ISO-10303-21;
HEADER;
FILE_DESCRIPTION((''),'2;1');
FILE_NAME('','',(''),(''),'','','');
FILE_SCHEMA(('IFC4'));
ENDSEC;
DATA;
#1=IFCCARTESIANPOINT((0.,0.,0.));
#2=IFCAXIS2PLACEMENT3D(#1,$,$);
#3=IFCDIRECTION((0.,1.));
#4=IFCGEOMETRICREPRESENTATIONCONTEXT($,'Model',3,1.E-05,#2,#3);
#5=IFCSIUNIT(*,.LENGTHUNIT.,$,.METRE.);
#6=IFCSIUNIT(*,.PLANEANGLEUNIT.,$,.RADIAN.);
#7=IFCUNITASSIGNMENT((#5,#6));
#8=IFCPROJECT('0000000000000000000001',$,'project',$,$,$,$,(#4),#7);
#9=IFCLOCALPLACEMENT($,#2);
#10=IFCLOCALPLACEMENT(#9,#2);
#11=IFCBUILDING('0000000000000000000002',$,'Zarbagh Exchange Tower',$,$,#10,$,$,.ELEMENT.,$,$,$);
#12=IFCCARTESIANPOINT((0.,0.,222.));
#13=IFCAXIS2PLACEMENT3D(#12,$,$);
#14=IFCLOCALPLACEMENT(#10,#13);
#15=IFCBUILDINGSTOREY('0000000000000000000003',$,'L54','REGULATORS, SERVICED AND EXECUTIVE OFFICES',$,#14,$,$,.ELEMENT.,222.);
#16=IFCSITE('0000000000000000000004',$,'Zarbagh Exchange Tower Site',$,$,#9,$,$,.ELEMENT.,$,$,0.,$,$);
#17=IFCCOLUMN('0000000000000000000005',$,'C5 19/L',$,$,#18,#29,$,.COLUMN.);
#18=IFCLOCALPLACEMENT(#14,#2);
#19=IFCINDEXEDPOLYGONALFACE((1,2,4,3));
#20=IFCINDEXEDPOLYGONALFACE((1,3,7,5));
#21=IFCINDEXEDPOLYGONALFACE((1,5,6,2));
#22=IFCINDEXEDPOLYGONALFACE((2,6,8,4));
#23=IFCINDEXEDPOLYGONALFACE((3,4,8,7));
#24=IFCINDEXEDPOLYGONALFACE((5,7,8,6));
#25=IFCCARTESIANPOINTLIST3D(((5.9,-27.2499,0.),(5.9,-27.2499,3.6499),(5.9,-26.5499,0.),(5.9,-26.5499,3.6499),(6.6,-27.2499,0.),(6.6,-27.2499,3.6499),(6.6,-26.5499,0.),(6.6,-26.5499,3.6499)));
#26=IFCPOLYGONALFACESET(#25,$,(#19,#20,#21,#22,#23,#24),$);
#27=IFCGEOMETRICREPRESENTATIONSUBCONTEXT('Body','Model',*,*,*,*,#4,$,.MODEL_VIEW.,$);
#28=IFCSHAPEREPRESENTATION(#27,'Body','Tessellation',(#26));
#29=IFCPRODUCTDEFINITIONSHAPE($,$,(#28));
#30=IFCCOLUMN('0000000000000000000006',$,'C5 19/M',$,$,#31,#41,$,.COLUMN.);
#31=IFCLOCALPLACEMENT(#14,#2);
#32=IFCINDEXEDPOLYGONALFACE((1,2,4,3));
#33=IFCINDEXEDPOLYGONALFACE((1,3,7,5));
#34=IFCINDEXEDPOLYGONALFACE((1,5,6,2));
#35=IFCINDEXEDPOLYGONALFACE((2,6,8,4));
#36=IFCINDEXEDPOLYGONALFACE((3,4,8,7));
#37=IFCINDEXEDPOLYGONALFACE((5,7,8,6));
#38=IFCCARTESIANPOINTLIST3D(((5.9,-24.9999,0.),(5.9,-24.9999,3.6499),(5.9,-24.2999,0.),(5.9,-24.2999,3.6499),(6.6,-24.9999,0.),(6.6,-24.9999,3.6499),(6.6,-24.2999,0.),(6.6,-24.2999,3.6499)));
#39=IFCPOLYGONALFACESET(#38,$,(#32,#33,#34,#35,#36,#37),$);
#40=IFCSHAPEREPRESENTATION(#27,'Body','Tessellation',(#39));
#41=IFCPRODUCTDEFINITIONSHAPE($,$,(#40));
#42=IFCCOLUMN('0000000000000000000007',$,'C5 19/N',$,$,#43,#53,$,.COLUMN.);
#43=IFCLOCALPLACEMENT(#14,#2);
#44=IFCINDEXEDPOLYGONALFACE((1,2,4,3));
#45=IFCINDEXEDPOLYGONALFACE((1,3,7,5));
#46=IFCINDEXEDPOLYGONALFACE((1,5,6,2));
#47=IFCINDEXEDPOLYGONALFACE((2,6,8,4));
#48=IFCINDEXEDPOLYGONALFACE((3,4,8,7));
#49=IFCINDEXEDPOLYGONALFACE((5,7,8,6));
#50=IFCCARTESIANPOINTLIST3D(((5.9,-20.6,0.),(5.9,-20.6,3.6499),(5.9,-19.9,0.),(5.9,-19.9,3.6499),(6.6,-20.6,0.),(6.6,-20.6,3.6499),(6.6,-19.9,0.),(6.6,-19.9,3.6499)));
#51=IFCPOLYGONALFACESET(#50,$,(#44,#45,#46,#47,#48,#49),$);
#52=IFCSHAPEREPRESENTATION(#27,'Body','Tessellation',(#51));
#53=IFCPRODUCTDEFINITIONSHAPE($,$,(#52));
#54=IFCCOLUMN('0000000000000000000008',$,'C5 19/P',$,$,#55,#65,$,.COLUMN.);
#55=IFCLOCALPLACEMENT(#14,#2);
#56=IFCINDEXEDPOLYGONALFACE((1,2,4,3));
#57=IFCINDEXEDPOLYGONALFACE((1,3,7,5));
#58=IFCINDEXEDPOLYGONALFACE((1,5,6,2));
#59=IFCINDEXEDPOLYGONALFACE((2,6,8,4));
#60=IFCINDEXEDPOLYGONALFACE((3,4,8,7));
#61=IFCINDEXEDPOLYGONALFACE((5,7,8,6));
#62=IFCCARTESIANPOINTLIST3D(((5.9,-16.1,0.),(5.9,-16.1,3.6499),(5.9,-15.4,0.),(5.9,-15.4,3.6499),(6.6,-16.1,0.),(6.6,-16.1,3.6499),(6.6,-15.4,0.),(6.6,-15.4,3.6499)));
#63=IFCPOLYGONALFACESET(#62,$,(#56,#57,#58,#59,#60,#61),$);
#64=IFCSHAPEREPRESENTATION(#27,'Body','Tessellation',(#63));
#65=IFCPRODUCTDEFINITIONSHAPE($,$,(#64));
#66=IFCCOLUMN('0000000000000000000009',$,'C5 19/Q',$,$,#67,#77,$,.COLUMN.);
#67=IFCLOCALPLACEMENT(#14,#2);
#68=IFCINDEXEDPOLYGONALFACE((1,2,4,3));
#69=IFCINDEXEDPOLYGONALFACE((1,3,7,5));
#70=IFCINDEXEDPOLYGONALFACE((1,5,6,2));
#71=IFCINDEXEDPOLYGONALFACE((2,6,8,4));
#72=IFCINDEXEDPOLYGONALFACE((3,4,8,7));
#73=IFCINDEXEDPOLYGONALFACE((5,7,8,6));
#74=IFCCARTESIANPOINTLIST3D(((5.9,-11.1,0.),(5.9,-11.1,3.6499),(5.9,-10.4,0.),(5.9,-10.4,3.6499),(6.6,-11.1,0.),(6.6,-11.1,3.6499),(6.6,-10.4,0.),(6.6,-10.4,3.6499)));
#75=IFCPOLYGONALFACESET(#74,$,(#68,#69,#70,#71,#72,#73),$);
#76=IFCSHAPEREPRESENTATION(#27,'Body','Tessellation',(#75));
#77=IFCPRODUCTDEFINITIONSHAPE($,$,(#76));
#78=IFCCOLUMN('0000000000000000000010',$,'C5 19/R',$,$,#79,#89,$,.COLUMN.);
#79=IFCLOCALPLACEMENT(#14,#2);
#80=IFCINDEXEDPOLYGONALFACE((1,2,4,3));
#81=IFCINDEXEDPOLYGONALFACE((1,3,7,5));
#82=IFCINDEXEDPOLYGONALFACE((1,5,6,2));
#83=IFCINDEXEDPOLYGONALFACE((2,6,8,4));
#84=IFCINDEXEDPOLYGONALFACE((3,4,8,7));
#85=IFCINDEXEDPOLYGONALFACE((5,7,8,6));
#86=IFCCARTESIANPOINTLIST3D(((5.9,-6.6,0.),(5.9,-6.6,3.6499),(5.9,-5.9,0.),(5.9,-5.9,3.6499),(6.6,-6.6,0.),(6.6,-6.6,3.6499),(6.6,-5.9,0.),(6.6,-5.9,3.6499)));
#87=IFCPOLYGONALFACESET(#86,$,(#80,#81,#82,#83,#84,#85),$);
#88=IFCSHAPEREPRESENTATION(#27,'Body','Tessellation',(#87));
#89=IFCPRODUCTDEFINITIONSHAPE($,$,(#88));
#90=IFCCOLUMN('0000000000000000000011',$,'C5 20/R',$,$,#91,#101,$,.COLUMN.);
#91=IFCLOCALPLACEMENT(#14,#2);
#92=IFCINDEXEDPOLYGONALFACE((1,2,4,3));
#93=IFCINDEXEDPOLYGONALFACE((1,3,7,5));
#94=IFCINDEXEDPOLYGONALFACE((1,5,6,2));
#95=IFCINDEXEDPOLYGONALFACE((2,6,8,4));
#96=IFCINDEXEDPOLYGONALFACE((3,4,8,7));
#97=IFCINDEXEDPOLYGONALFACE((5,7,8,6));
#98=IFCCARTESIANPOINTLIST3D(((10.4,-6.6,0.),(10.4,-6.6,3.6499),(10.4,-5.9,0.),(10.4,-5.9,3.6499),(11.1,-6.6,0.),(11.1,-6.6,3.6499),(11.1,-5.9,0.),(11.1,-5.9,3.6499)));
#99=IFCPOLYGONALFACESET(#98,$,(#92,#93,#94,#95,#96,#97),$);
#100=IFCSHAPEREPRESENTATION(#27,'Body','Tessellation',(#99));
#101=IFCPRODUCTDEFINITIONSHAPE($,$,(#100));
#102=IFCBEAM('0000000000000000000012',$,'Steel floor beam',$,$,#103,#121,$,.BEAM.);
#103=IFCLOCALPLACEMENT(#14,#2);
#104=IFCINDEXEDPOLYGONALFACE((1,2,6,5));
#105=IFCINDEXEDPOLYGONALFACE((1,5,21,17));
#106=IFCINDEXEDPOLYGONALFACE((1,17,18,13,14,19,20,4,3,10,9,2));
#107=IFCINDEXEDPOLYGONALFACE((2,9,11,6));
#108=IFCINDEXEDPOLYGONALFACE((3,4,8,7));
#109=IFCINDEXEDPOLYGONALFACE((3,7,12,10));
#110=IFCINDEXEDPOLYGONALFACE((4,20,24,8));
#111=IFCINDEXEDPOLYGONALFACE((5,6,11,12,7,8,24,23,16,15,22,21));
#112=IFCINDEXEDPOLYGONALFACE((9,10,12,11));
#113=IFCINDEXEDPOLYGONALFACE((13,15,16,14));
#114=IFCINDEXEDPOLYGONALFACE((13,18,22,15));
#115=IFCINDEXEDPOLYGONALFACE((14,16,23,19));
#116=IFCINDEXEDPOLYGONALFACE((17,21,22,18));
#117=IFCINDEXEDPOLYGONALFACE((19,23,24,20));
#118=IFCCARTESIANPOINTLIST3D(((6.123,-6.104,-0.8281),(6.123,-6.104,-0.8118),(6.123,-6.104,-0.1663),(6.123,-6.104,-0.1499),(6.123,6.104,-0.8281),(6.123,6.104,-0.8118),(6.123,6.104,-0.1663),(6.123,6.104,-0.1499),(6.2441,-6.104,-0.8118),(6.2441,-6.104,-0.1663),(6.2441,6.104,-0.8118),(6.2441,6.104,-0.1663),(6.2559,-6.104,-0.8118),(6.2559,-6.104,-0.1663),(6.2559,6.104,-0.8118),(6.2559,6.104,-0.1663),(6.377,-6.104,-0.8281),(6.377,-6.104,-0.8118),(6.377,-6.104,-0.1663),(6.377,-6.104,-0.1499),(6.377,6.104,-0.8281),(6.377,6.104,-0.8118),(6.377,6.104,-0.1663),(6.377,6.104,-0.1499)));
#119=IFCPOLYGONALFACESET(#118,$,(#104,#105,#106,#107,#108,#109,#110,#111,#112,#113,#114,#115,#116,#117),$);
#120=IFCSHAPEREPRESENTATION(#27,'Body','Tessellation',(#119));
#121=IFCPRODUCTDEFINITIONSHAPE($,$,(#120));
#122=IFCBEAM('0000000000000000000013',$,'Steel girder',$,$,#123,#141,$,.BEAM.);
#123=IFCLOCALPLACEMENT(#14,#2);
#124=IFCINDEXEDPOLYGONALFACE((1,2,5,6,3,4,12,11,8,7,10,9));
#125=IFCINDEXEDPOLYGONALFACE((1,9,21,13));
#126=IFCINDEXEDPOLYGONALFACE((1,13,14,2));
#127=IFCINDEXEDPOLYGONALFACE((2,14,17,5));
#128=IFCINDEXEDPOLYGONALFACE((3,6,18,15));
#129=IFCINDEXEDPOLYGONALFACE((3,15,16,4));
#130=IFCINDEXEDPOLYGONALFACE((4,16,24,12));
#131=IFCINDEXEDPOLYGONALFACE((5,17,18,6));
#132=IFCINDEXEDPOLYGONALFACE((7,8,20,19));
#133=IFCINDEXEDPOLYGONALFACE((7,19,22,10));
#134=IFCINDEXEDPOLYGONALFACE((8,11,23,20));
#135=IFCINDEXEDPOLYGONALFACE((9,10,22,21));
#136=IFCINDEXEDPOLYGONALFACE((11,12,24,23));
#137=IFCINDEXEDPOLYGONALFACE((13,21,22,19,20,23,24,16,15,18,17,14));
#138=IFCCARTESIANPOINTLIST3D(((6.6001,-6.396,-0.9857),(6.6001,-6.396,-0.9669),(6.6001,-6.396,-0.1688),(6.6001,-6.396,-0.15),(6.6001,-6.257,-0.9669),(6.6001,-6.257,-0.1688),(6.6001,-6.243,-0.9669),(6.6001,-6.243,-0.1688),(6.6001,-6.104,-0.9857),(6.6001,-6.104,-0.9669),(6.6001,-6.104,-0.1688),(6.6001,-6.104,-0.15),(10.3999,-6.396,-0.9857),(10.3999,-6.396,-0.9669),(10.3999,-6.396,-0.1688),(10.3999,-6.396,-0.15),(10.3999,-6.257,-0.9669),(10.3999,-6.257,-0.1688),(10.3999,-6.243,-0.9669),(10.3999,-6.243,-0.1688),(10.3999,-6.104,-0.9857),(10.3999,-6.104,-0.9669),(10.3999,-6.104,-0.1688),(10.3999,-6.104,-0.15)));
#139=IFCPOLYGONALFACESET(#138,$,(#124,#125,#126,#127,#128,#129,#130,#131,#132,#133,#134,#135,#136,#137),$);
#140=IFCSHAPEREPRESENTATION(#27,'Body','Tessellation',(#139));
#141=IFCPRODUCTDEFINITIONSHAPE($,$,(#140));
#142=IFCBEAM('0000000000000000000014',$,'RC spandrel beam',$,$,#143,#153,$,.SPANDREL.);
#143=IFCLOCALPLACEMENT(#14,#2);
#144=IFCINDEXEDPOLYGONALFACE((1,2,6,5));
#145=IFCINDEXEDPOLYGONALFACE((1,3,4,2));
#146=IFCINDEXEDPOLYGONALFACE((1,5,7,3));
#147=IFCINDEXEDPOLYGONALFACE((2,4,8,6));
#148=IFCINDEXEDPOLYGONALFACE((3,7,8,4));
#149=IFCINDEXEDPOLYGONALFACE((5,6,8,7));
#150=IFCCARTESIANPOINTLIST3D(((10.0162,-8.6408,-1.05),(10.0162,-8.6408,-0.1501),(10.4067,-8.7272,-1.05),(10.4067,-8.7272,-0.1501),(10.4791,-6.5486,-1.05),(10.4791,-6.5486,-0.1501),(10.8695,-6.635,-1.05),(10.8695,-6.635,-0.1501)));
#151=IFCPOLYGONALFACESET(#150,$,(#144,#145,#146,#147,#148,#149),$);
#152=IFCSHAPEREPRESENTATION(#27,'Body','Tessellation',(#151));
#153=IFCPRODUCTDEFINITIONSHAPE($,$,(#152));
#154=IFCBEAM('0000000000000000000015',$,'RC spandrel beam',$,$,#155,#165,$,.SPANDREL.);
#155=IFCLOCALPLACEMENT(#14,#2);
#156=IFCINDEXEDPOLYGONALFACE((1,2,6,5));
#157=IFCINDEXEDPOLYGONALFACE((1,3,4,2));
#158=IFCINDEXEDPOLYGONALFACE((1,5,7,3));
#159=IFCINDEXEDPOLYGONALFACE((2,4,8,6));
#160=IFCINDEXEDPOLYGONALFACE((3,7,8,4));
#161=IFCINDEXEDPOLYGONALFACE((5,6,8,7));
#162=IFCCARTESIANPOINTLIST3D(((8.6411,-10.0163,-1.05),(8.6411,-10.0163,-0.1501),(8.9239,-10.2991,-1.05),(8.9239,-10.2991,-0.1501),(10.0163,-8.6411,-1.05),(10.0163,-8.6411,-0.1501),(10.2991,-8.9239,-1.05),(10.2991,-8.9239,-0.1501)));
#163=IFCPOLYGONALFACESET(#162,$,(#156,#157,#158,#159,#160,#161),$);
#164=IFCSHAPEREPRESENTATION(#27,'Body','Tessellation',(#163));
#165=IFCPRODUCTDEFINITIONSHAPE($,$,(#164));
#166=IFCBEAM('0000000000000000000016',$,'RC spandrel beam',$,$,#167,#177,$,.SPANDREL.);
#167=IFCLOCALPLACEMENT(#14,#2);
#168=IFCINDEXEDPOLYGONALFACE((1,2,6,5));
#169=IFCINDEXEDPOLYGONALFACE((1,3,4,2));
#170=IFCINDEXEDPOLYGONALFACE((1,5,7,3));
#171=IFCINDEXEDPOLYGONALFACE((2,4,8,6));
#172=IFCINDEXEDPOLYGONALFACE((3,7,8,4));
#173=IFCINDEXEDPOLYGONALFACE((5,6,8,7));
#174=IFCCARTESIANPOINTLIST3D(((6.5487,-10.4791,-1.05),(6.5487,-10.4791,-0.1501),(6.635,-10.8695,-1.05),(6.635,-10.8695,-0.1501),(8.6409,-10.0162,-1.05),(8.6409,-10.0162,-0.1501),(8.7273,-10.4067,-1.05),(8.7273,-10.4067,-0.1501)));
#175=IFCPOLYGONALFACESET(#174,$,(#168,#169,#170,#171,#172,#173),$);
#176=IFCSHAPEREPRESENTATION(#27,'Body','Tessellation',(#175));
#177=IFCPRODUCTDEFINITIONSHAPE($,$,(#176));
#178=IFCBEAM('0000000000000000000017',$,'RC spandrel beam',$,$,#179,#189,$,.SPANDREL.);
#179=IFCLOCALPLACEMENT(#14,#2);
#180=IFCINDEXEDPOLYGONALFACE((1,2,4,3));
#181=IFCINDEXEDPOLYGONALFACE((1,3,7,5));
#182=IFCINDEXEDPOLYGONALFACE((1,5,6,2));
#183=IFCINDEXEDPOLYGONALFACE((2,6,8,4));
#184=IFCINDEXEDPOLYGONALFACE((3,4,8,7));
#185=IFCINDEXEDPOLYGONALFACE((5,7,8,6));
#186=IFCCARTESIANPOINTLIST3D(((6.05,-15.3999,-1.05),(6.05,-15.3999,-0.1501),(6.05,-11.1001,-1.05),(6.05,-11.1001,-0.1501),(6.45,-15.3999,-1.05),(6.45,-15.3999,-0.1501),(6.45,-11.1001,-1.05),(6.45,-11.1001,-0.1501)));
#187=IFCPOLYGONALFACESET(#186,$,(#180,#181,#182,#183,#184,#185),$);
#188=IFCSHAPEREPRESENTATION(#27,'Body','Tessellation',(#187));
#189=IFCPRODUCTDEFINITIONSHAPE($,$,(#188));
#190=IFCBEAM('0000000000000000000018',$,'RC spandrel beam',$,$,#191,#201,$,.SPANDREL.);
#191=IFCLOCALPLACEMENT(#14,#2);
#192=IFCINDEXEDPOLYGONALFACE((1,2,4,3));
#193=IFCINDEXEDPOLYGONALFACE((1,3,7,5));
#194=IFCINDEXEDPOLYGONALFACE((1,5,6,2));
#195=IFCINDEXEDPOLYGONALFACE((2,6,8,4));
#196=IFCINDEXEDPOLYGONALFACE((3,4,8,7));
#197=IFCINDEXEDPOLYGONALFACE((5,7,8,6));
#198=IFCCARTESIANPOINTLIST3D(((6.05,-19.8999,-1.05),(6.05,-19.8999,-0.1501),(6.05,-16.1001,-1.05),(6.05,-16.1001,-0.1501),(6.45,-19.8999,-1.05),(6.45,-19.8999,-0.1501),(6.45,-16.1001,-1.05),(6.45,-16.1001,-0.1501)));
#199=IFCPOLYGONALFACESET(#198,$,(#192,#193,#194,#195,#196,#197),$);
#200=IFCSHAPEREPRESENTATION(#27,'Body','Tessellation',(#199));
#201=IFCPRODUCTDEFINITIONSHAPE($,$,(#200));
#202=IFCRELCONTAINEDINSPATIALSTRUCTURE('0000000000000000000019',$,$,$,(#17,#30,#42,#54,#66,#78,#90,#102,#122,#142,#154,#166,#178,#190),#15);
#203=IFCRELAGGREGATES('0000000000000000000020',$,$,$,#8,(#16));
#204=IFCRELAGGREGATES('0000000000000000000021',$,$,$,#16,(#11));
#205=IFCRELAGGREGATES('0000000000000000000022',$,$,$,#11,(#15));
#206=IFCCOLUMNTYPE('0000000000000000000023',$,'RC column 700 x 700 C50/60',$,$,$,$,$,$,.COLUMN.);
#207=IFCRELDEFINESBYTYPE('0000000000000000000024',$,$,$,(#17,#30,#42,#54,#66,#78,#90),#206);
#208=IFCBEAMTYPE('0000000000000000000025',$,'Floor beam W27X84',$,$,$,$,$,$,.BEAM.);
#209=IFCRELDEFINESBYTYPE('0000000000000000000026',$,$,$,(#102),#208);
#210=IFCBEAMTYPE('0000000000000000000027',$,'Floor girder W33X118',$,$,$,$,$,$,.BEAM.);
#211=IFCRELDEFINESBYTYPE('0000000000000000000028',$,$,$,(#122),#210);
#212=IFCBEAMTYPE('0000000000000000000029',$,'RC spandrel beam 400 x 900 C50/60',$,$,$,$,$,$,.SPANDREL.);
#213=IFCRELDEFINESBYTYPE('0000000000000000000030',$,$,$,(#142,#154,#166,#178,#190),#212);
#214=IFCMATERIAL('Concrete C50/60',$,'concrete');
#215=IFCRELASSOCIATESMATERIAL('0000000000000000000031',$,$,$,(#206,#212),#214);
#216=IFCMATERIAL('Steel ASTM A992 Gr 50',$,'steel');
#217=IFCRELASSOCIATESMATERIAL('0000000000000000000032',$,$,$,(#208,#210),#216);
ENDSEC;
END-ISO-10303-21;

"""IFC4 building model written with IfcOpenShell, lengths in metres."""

from ifc_helpers import new_model, si_unit, direction, frame, origin, origin_2d, place, context, subcontext, project, spatial, rectangle, i_section, extrude, material, material_profile, profile_set, type_object, element, save


model = new_model("IFC4")

# Units and contexts
model_context = context("Model", 3, precision=1e-05, world=origin(), true_north=direction((0.0, 1.0)))
body_context = subcontext(model_context, "Body", "Model", "MODEL_VIEW")
ifc_project = project(units=[si_unit("LENGTHUNIT", "METRE"), si_unit("PLANEANGLEUNIT", "RADIAN")], contexts=[model_context])

# Site, building, storey
site_placement = place(None, origin())
site = spatial("IfcSite", under=ifc_project, at=site_placement, Name="Zarbagh Exchange Tower Site", CompositionType="ELEMENT", RefElevation=0.0)
building_placement = place(site_placement, origin())
building = spatial("IfcBuilding", under=site, at=building_placement, Name="Zarbagh Exchange Tower", CompositionType="ELEMENT")
storey_placement = place(building_placement, frame((0.0, 0.0, 222.0)))
storey = spatial("IfcBuildingStorey", under=building, at=storey_placement, Name="L54", Description="REGULATORS, SERVICED AND EXECUTIVE OFFICES", CompositionType="ELEMENT", Elevation=222.0)

# Columns
ifc_material_1 = material(Name="Concrete C50/60", Category="concrete")
ifc_material_profile_1 = material_profile(ifc_material_1, rectangle(XDim=0.7, YDim=0.7, at=origin_2d()), Name="RC column 700 x 700 C50/60")
ifc_profile_set_1 = profile_set([ifc_material_profile_1], Name="Concrete C50/60")
column_type = type_object("IfcColumnType", Name="RC column 700 x 700 C50/60", PredefinedType="COLUMN", material=ifc_profile_set_1)
for number, where, z_axis, x_axis, name in (
    (1, (6.25, -26.8999, 0.0), (0.0, 0.0, 1.0), (1.0, 0.0, 0.0), "C5 19/L"),
    (2, (6.25, -24.6499, 0.0), (0.0, 0.0, 1.0), (1.0, 0.0, 0.0), "C5 19/M"),
    (3, (6.25, -20.25, 0.0), (0.0, 0.0, 1.0), (1.0, 0.0, 0.0), "C5 19/N"),
    (4, (6.25, -15.75, 0.0), (0.0, 0.0, 1.0), (1.0, 0.0, 0.0), "C5 19/P"),
    (5, (6.25, -10.75, 0.0), (0.0, 0.0, 1.0), (1.0, 0.0, 0.0), "C5 19/Q"),
    (6, (6.25, -6.25, 0.0), (0.0, 0.0, 1.0), (1.0, 0.0, 0.0), "C5 19/R"),
    (7, (10.75, -6.25, 0.0), (0.0, 0.0, 1.0), (1.0, 0.0, 0.0), "C5 20/R"),
):
    element("IfcColumn", number, at=place(storey_placement, frame(where, z_axis=z_axis, x_axis=x_axis)), inside=storey, type_object=column_type, Name=name, PredefinedType="COLUMN", context=body_context, shape_type="SweptSolid", body=[
        extrude(rectangle(XDim=0.7, YDim=0.7, at=origin_2d()), origin(), (0.0, 0.0, 1.0), 3.6499),
    ])

# Beams
ifc_material_2 = material(Name="Steel ASTM A992 Gr 50", Category="steel")
ifc_material_profile_2 = material_profile(ifc_material_2, i_section(OverallWidth=0.2539, OverallDepth=0.6782, WebThickness=0.0117, FlangeThickness=0.0164, at=origin_2d()), Name="W27X84")
ifc_profile_set_2 = profile_set([ifc_material_profile_2], Name="Steel ASTM A992 Gr 50")
beam_type_1 = type_object("IfcBeamType", Name="Floor beam W27X84", PredefinedType="BEAM", material=ifc_profile_set_2)
beam_1_placement = place(storey_placement, frame((6.25, -6.104, -0.489), z_axis=(0.0, 1.0, 0.0), x_axis=(-1.0, 0.0, 0.0)))
element("IfcBeam", 8, at=beam_1_placement, inside=storey, type_object=beam_type_1, Name="Steel floor beam", PredefinedType="BEAM", context=body_context, shape_type="SweptSolid", body=[
    extrude(i_section(OverallWidth=0.2539, OverallDepth=0.6782, WebThickness=0.0117, FlangeThickness=0.0164, at=origin_2d()), origin(), (0.0, 0.0, 1.0), 12.208),
])
ifc_material_profile_3 = material_profile(ifc_material_2, i_section(OverallWidth=0.292, OverallDepth=0.8357, WebThickness=0.0139, FlangeThickness=0.0188, at=origin_2d()), Name="W33X118")
ifc_profile_set_3 = profile_set([ifc_material_profile_3], Name="Steel ASTM A992 Gr 50")
beam_type_2 = type_object("IfcBeamType", Name="Floor girder W33X118", PredefinedType="BEAM", material=ifc_profile_set_3)
beam_2_placement = place(storey_placement, frame((6.6001, -6.25, -0.5679), z_axis=(1.0, 0.0, 0.0), x_axis=(0.0, 1.0, 0.0)))
element("IfcBeam", 9, at=beam_2_placement, inside=storey, type_object=beam_type_2, Name="Steel girder", PredefinedType="BEAM", context=body_context, shape_type="SweptSolid", body=[
    extrude(i_section(OverallWidth=0.292, OverallDepth=0.8357, WebThickness=0.0139, FlangeThickness=0.0188, at=origin_2d()), origin(), (0.0, 0.0, 1.0), 3.7998),
])
ifc_material_profile_4 = material_profile(ifc_material_1, rectangle(XDim=0.3999, YDim=0.8999, at=origin_2d()), Name="RC spandrel beam 400 x 900 C50/60")
ifc_profile_set_4 = profile_set([ifc_material_profile_4], Name="Concrete C50/60")
beam_type_3 = type_object("IfcBeamType", Name="RC spandrel beam 400 x 900 C50/60", PredefinedType="SPANDREL", material=ifc_profile_set_4)
beam_3_placement = place(storey_placement, frame((10.6743, -6.5918, -0.6001), z_axis=(-0.216014, -0.97639, 0.0), x_axis=(0.97639, -0.216014, 0.0)))
element("IfcBeam", 10, at=beam_3_placement, inside=storey, type_object=beam_type_3, Name="RC spandrel beam", PredefinedType="SPANDREL", context=body_context, shape_type="SweptSolid", body=[
    extrude(rectangle(XDim=0.3999, YDim=0.8999, at=origin_2d()), origin(), (0.0, 0.0, 1.0), 2.1428),
])
beam_4_placement = place(storey_placement, frame((10.1577, -8.7825, -0.6001), z_axis=(-0.707107, -0.707107, 0.0), x_axis=(0.707107, -0.707107, 0.0)))
element("IfcBeam", 11, at=beam_4_placement, inside=storey, type_object=beam_type_3, Name="RC spandrel beam", PredefinedType="SPANDREL", context=body_context, shape_type="SweptSolid", body=[
    extrude(rectangle(XDim=0.3999, YDim=0.8999, at=origin_2d()), origin(), (0.0, 0.0, 1.0), 1.9448),
])
beam_5_placement = place(storey_placement, frame((8.6841, -10.2114, -0.6001), z_axis=(-0.97639, -0.216014, 0.0), x_axis=(0.216014, -0.97639, 0.0)))
element("IfcBeam", 12, at=beam_5_placement, inside=storey, type_object=beam_type_3, Name="RC spandrel beam", PredefinedType="SPANDREL", context=body_context, shape_type="SweptSolid", body=[
    extrude(rectangle(XDim=0.3999, YDim=0.8999, at=origin_2d()), origin(), (0.0, 0.0, 1.0), 2.1428),
])
beam_6_placement = place(storey_placement, frame((6.25, -11.1001, -0.6001), z_axis=(0.0, -1.0, 0.0), x_axis=(1.0, 0.0, 0.0)))
element("IfcBeam", 13, at=beam_6_placement, inside=storey, type_object=beam_type_3, Name="RC spandrel beam", PredefinedType="SPANDREL", context=body_context, shape_type="SweptSolid", body=[
    extrude(rectangle(XDim=0.3999, YDim=0.8999, at=origin_2d()), origin(), (0.0, 0.0, 1.0), 4.2998),
])
beam_7_placement = place(storey_placement, frame((6.25, -16.1001, -0.6001), z_axis=(0.0, -1.0, 0.0), x_axis=(1.0, 0.0, 0.0)))
element("IfcBeam", 14, at=beam_7_placement, inside=storey, type_object=beam_type_3, Name="RC spandrel beam", PredefinedType="SPANDREL", context=body_context, shape_type="SweptSolid", body=[
    extrude(rectangle(XDim=0.3999, YDim=0.8999, at=origin_2d()), origin(), (0.0, 0.0, 1.0), 3.7998),
])

save(model, "model.ifc")
